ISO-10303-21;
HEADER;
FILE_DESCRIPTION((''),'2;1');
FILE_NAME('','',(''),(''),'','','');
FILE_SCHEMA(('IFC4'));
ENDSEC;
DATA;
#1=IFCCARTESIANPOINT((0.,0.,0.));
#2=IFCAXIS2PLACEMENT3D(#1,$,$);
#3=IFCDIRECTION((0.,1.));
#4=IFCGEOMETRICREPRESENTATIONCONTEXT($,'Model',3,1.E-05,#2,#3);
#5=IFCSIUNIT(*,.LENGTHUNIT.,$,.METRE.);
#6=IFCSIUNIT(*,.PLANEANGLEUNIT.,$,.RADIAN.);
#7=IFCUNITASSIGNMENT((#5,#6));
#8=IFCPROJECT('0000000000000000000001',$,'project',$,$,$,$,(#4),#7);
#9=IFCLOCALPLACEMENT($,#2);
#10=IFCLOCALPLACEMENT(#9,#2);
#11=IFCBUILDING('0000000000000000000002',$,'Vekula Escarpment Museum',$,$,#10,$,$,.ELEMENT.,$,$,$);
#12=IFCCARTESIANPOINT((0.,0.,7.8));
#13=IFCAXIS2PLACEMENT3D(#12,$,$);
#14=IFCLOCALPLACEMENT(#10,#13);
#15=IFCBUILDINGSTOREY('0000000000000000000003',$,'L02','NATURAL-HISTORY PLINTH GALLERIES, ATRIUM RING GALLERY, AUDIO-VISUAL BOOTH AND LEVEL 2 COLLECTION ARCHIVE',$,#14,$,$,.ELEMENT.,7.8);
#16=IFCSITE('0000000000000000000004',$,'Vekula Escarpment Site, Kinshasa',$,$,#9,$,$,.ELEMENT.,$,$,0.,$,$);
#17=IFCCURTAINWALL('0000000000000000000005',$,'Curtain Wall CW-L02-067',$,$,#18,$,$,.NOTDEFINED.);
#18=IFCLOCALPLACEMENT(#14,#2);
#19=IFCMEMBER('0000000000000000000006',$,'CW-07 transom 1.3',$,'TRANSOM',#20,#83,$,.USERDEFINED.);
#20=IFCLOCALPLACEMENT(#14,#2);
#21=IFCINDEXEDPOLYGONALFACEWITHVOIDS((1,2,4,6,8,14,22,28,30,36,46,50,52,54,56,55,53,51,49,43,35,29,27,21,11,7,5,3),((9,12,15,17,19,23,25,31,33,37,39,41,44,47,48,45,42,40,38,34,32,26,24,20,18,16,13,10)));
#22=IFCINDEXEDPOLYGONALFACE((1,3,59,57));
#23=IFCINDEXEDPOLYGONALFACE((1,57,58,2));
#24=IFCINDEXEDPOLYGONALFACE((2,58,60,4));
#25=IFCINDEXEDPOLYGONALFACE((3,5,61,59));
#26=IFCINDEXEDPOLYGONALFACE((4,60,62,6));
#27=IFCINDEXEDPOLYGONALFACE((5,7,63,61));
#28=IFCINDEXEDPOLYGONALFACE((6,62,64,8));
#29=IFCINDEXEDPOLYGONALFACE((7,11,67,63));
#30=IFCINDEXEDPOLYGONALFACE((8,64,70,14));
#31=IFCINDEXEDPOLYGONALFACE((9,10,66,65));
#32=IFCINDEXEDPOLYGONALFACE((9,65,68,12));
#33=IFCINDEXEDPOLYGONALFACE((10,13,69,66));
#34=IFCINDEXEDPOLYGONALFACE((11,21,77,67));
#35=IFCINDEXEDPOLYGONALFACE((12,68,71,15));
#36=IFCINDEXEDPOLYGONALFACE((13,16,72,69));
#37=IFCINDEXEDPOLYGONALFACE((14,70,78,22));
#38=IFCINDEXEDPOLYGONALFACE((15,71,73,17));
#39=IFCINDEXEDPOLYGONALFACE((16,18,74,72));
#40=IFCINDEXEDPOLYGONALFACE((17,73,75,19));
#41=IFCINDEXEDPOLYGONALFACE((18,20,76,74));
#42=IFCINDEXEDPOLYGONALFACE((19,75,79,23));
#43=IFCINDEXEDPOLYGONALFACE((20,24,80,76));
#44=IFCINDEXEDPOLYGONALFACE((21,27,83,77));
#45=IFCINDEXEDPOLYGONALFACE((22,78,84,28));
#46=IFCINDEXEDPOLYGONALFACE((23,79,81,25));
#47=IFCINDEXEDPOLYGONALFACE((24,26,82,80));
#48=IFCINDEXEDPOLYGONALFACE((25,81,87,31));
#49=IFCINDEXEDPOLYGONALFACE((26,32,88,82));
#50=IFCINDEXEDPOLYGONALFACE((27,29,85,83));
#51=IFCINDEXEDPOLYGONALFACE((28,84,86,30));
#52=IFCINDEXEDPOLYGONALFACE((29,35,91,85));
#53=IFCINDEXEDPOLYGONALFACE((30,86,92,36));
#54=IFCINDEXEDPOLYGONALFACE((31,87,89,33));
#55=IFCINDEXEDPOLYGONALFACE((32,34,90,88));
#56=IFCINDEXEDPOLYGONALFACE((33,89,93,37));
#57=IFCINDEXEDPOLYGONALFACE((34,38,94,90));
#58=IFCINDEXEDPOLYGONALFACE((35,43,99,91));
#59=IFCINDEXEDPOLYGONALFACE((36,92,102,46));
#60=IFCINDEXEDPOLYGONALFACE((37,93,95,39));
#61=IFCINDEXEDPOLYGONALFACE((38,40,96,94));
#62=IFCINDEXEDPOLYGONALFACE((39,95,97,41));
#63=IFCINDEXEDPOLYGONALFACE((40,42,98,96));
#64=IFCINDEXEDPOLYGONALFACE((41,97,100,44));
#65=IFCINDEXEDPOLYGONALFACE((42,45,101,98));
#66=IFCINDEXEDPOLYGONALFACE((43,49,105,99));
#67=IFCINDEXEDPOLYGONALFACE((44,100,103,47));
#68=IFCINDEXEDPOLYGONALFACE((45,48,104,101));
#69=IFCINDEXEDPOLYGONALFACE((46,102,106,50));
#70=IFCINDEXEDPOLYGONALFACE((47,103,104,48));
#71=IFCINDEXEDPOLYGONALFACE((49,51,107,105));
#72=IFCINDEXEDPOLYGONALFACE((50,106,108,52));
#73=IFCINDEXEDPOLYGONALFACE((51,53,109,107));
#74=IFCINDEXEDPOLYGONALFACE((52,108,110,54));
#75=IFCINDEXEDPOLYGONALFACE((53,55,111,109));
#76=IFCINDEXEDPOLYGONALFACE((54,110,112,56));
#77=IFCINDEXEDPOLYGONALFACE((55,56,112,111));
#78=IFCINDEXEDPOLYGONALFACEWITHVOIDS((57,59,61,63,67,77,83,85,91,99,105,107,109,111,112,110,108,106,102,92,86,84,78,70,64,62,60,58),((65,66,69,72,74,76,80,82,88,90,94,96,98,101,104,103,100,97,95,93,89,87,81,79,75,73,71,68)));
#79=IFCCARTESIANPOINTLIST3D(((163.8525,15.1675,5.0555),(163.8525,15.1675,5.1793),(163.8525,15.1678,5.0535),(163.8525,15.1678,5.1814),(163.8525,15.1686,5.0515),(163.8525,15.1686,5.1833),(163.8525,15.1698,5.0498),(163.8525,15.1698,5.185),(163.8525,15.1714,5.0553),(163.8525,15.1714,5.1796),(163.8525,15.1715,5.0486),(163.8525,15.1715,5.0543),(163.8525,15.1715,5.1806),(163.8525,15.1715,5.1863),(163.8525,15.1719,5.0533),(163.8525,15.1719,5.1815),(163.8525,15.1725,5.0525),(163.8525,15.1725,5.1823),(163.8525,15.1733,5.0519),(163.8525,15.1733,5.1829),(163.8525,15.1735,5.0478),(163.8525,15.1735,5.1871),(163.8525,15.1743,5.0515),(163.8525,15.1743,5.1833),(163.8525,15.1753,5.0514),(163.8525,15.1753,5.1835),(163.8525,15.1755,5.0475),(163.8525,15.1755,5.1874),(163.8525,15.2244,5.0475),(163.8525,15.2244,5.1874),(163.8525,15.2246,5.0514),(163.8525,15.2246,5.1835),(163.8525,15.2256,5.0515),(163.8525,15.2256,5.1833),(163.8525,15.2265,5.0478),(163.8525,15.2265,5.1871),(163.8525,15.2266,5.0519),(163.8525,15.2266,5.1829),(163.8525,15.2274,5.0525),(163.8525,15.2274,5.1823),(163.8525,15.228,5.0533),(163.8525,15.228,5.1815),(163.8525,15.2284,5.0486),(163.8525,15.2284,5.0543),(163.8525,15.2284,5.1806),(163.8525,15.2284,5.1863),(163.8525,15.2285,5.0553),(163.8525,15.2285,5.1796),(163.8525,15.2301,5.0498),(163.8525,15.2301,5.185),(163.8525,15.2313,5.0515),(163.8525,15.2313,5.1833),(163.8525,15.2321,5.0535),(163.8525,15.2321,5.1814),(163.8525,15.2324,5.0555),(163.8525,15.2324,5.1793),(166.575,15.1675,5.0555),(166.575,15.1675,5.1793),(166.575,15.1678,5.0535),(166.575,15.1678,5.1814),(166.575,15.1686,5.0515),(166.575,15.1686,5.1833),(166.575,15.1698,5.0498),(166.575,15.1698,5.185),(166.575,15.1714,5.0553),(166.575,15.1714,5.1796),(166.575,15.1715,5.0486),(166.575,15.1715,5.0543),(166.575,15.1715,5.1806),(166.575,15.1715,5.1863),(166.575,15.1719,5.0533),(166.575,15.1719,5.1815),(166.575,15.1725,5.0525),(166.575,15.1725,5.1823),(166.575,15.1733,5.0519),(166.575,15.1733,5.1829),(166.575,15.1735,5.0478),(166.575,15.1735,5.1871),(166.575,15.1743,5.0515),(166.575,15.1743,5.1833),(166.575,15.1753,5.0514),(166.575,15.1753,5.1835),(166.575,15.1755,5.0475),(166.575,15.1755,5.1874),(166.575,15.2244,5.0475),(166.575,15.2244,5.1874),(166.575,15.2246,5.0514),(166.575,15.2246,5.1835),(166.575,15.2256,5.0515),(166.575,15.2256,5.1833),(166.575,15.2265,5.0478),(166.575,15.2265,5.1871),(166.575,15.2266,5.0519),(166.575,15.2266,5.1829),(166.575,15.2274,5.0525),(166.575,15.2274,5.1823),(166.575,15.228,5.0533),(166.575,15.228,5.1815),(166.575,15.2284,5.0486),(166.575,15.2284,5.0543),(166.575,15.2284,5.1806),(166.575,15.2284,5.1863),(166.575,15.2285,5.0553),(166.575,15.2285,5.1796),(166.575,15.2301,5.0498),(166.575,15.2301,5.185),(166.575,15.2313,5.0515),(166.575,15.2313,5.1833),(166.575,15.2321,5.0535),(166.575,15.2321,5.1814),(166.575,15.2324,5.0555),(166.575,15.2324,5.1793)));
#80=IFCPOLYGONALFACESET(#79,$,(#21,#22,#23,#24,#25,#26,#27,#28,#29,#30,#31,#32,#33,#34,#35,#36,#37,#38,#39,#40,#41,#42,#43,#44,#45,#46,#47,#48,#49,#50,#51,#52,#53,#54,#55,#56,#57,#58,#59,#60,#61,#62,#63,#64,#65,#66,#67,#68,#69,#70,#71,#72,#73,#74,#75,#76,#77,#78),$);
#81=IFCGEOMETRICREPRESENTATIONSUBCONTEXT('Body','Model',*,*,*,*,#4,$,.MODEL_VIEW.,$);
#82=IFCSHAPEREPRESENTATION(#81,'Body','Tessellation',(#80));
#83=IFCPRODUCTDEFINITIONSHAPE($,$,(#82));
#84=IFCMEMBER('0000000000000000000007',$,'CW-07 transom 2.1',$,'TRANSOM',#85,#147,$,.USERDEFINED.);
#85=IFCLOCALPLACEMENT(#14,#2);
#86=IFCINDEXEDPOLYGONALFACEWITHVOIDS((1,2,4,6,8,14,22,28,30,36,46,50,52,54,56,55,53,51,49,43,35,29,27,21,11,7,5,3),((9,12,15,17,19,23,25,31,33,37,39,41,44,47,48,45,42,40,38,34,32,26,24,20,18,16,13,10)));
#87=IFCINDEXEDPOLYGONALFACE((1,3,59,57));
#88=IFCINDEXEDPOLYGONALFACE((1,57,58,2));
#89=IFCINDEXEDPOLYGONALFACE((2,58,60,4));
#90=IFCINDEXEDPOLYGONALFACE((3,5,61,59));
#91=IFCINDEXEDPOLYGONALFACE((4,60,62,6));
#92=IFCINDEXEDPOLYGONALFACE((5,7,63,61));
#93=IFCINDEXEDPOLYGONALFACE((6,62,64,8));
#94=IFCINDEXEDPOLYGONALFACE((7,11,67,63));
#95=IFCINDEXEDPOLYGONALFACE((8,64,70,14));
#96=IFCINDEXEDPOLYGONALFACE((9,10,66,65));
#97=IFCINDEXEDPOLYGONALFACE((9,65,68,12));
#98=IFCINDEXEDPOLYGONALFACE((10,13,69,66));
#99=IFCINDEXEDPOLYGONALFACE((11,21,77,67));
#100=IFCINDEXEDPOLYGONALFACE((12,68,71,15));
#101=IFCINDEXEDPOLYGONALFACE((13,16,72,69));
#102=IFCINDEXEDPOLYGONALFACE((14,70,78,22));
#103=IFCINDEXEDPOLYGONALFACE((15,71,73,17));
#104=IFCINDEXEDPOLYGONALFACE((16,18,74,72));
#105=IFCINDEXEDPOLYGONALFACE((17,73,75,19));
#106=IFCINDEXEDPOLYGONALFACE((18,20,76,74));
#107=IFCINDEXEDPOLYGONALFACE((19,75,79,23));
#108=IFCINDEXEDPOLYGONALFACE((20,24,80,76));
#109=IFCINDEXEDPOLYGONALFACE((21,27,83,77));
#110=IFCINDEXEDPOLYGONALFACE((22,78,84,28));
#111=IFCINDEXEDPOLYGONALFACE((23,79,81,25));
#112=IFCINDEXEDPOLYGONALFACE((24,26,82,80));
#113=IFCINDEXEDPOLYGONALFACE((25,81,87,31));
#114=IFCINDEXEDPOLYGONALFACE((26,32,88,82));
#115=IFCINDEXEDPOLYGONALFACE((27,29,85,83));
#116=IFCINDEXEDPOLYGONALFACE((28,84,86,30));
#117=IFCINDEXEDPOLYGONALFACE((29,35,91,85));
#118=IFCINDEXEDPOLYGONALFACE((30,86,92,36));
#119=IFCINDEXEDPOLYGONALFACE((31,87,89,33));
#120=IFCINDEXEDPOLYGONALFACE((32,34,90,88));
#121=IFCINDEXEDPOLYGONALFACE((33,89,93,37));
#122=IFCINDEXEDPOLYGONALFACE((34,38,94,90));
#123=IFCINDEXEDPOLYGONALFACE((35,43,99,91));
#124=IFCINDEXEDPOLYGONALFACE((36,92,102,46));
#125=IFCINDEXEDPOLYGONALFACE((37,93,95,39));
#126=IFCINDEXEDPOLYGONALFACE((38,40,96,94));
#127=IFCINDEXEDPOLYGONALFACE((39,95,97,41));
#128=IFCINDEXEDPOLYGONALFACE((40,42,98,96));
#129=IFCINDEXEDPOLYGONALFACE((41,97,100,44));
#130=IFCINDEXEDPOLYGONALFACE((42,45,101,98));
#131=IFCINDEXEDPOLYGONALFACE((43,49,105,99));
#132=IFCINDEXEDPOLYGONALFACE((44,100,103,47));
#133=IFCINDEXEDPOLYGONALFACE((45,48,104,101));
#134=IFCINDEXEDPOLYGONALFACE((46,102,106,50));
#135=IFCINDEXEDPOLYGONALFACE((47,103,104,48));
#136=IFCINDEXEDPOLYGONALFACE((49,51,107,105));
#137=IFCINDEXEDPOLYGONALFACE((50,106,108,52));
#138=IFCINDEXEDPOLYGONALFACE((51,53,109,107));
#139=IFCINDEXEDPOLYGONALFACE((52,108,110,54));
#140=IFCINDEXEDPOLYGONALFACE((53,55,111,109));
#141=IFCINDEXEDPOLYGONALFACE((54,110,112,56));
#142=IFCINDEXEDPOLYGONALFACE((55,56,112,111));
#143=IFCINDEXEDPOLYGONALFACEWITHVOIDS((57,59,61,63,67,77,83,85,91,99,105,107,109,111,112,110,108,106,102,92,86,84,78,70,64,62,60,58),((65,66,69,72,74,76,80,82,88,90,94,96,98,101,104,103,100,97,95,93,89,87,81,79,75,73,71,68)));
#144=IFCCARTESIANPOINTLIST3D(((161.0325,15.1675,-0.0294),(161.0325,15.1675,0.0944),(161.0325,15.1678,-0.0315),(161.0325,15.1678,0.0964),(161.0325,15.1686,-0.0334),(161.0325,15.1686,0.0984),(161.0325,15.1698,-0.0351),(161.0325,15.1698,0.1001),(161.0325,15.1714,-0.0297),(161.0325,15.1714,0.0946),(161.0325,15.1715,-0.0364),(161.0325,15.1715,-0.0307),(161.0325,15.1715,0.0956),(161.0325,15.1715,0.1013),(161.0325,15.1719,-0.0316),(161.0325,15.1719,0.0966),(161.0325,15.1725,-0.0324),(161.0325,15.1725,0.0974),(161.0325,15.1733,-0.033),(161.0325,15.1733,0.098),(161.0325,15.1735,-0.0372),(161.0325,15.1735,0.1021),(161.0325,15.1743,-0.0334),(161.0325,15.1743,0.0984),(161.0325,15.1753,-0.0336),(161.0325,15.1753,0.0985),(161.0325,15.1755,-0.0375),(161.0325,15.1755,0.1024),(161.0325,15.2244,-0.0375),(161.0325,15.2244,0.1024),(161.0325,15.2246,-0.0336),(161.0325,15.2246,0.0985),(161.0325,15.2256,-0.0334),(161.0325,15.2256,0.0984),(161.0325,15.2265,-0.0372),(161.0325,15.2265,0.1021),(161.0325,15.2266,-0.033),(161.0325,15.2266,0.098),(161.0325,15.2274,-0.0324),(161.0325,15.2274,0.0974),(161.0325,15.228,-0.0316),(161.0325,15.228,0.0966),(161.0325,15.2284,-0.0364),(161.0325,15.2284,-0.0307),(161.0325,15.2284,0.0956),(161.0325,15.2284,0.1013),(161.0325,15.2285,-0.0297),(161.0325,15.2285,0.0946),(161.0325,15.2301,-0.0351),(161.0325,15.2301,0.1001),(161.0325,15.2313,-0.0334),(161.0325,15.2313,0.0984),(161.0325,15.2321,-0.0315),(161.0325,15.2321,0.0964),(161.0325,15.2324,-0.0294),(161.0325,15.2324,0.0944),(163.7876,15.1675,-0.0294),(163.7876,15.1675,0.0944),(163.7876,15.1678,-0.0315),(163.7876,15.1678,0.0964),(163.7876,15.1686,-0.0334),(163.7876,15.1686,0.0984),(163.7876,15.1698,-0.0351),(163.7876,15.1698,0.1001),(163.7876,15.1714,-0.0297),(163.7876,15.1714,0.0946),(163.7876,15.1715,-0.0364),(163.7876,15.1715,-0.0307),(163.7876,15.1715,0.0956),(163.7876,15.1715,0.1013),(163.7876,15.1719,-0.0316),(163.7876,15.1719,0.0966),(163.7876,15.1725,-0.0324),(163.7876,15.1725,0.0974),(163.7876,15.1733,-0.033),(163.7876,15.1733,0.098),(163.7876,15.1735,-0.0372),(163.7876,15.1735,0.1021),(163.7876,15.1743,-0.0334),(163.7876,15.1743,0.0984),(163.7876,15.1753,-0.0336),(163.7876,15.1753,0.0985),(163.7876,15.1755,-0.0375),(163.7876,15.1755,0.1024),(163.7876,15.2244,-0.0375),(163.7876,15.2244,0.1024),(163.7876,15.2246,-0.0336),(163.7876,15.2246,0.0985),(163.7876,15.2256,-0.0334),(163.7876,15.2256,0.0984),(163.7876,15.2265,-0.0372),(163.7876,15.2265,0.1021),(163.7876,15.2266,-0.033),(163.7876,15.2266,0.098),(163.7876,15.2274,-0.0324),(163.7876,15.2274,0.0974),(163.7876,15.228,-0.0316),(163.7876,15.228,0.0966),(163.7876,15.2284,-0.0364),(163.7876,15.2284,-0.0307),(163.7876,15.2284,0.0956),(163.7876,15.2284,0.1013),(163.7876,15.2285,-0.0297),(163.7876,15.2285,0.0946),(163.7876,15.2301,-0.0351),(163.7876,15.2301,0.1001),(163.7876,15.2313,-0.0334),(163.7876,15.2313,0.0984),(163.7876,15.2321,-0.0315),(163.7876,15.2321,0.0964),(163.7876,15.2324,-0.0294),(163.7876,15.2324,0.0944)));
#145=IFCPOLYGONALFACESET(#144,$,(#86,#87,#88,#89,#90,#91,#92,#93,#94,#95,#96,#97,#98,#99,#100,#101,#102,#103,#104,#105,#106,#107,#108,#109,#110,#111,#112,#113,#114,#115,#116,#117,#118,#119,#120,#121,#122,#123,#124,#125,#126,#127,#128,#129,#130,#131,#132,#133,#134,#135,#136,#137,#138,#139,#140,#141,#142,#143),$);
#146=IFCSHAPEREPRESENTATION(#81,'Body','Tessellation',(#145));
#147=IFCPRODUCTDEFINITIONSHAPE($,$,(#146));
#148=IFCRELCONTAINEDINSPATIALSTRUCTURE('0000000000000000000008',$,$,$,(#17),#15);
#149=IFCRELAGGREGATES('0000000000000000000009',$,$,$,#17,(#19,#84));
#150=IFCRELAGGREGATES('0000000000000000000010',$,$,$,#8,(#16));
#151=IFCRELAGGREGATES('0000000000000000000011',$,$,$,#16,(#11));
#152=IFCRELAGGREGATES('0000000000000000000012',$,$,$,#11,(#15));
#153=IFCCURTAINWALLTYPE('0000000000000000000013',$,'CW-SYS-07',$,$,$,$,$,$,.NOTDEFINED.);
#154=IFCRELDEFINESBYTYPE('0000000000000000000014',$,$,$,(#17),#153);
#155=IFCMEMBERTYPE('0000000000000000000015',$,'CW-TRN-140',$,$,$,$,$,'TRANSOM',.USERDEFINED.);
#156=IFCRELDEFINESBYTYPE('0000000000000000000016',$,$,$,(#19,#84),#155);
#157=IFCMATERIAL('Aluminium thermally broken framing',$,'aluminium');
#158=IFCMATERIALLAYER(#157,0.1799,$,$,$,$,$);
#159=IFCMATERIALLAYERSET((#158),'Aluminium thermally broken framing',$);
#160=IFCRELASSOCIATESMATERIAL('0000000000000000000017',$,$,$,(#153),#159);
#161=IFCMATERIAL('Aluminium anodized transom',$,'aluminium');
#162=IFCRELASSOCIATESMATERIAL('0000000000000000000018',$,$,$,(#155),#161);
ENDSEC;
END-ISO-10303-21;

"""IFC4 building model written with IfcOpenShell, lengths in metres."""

from ifc_helpers import new_model, si_unit, direction, frame, origin, origin_2d, place, context, subcontext, project, spatial, hollow_rectangle, extrude, material, layer, layer_set, material_profile, profile_set, type_object, element, aggregate, save


model = new_model("IFC4")

# Units and contexts
model_context = context("Model", 3, precision=1e-05, world=origin(), true_north=direction((0.0, 1.0)))
body_context = subcontext(model_context, "Body", "Model", "MODEL_VIEW")
ifc_project = project(units=[si_unit("LENGTHUNIT", "METRE"), si_unit("PLANEANGLEUNIT", "RADIAN")], contexts=[model_context])

# Site, building, storey
site_placement = place(None, origin())
site = spatial("IfcSite", under=ifc_project, at=site_placement, Name="Vekula Escarpment Site, Kinshasa", CompositionType="ELEMENT", RefElevation=0.0)
building_placement = place(site_placement, origin())
building = spatial("IfcBuilding", under=site, at=building_placement, Name="Vekula Escarpment Museum", CompositionType="ELEMENT")
storey_placement = place(building_placement, frame((0.0, 0.0, 7.8)))
storey = spatial("IfcBuildingStorey", under=building, at=storey_placement, Name="L02", Description="NATURAL-HISTORY PLINTH GALLERIES, ATRIUM RING GALLERY, AUDIO-VISUAL BOOTH AND LEVEL 2 COLLECTION ARCHIVE", CompositionType="ELEMENT", Elevation=7.8)

# Curtain wall, members
ifc_material_1 = material(Name="Aluminium thermally broken framing", Category="aluminium")
ifc_layer_1 = layer(ifc_material_1, 0.1799)
ifc_layer_set_1 = layer_set([ifc_layer_1], Name="Aluminium thermally broken framing")
curtain_wall_type = type_object("IfcCurtainWallType", Name="CW-SYS-07", PredefinedType="NOTDEFINED", material=ifc_layer_set_1)
curtain_wall_placement = place(storey_placement, origin())
curtain_wall = element("IfcCurtainWall", 1, at=curtain_wall_placement, inside=storey, type_object=curtain_wall_type, Name="Curtain Wall CW-L02-067", PredefinedType="NOTDEFINED")
ifc_material_2 = material(Name="Aluminium anodized transom", Category="aluminium")
ifc_material_profile_1 = material_profile(ifc_material_2, hollow_rectangle(XDim=0.0649, YDim=0.1399, WallThickness=0.0039, InnerFilletRadius=0.0039, OuterFilletRadius=0.0081, at=origin_2d()), Name="ALU 140x65x4")
ifc_profile_set_1 = profile_set([ifc_material_profile_1], Name="Aluminium anodized transom")
member_type_1 = type_object("IfcMemberType", Name="CW-TRN-140", ElementType="TRANSOM", PredefinedType="USERDEFINED", material=ifc_profile_set_1)
member_1_placement = place(storey_placement, frame((166.575, 15.2, 5.1174), z_axis=(-1.0, 0.0, 0.0), x_axis=(0.0, -1.0, 0.0)))
member_1 = element("IfcMember", 2, at=member_1_placement, type_object=member_type_1, Name="CW-07 transom 1.3", ObjectType="TRANSOM", PredefinedType="USERDEFINED", context=body_context, shape_type="SweptSolid", body=[
    extrude(hollow_rectangle(XDim=0.0649, YDim=0.1399, WallThickness=0.0039, InnerFilletRadius=0.0039, OuterFilletRadius=0.0081, at=origin_2d()), origin(), (0.0, 0.0, 1.0), 2.7224),
])
member_2_placement = place(storey_placement, frame((163.7876, 15.2, 0.0325), z_axis=(-1.0, 0.0, 0.0), x_axis=(0.0, -1.0, 0.0)))
member_2 = element("IfcMember", 3, at=member_2_placement, type_object=member_type_1, Name="CW-07 transom 2.1", ObjectType="TRANSOM", PredefinedType="USERDEFINED", context=body_context, shape_type="SweptSolid", body=[
    extrude(hollow_rectangle(XDim=0.0649, YDim=0.1399, WallThickness=0.0039, InnerFilletRadius=0.0039, OuterFilletRadius=0.0081, at=origin_2d()), origin(), (0.0, 0.0, 1.0), 2.7551),
])
aggregate(curtain_wall, [member_1, member_2])

save(model, "model.ifc")
